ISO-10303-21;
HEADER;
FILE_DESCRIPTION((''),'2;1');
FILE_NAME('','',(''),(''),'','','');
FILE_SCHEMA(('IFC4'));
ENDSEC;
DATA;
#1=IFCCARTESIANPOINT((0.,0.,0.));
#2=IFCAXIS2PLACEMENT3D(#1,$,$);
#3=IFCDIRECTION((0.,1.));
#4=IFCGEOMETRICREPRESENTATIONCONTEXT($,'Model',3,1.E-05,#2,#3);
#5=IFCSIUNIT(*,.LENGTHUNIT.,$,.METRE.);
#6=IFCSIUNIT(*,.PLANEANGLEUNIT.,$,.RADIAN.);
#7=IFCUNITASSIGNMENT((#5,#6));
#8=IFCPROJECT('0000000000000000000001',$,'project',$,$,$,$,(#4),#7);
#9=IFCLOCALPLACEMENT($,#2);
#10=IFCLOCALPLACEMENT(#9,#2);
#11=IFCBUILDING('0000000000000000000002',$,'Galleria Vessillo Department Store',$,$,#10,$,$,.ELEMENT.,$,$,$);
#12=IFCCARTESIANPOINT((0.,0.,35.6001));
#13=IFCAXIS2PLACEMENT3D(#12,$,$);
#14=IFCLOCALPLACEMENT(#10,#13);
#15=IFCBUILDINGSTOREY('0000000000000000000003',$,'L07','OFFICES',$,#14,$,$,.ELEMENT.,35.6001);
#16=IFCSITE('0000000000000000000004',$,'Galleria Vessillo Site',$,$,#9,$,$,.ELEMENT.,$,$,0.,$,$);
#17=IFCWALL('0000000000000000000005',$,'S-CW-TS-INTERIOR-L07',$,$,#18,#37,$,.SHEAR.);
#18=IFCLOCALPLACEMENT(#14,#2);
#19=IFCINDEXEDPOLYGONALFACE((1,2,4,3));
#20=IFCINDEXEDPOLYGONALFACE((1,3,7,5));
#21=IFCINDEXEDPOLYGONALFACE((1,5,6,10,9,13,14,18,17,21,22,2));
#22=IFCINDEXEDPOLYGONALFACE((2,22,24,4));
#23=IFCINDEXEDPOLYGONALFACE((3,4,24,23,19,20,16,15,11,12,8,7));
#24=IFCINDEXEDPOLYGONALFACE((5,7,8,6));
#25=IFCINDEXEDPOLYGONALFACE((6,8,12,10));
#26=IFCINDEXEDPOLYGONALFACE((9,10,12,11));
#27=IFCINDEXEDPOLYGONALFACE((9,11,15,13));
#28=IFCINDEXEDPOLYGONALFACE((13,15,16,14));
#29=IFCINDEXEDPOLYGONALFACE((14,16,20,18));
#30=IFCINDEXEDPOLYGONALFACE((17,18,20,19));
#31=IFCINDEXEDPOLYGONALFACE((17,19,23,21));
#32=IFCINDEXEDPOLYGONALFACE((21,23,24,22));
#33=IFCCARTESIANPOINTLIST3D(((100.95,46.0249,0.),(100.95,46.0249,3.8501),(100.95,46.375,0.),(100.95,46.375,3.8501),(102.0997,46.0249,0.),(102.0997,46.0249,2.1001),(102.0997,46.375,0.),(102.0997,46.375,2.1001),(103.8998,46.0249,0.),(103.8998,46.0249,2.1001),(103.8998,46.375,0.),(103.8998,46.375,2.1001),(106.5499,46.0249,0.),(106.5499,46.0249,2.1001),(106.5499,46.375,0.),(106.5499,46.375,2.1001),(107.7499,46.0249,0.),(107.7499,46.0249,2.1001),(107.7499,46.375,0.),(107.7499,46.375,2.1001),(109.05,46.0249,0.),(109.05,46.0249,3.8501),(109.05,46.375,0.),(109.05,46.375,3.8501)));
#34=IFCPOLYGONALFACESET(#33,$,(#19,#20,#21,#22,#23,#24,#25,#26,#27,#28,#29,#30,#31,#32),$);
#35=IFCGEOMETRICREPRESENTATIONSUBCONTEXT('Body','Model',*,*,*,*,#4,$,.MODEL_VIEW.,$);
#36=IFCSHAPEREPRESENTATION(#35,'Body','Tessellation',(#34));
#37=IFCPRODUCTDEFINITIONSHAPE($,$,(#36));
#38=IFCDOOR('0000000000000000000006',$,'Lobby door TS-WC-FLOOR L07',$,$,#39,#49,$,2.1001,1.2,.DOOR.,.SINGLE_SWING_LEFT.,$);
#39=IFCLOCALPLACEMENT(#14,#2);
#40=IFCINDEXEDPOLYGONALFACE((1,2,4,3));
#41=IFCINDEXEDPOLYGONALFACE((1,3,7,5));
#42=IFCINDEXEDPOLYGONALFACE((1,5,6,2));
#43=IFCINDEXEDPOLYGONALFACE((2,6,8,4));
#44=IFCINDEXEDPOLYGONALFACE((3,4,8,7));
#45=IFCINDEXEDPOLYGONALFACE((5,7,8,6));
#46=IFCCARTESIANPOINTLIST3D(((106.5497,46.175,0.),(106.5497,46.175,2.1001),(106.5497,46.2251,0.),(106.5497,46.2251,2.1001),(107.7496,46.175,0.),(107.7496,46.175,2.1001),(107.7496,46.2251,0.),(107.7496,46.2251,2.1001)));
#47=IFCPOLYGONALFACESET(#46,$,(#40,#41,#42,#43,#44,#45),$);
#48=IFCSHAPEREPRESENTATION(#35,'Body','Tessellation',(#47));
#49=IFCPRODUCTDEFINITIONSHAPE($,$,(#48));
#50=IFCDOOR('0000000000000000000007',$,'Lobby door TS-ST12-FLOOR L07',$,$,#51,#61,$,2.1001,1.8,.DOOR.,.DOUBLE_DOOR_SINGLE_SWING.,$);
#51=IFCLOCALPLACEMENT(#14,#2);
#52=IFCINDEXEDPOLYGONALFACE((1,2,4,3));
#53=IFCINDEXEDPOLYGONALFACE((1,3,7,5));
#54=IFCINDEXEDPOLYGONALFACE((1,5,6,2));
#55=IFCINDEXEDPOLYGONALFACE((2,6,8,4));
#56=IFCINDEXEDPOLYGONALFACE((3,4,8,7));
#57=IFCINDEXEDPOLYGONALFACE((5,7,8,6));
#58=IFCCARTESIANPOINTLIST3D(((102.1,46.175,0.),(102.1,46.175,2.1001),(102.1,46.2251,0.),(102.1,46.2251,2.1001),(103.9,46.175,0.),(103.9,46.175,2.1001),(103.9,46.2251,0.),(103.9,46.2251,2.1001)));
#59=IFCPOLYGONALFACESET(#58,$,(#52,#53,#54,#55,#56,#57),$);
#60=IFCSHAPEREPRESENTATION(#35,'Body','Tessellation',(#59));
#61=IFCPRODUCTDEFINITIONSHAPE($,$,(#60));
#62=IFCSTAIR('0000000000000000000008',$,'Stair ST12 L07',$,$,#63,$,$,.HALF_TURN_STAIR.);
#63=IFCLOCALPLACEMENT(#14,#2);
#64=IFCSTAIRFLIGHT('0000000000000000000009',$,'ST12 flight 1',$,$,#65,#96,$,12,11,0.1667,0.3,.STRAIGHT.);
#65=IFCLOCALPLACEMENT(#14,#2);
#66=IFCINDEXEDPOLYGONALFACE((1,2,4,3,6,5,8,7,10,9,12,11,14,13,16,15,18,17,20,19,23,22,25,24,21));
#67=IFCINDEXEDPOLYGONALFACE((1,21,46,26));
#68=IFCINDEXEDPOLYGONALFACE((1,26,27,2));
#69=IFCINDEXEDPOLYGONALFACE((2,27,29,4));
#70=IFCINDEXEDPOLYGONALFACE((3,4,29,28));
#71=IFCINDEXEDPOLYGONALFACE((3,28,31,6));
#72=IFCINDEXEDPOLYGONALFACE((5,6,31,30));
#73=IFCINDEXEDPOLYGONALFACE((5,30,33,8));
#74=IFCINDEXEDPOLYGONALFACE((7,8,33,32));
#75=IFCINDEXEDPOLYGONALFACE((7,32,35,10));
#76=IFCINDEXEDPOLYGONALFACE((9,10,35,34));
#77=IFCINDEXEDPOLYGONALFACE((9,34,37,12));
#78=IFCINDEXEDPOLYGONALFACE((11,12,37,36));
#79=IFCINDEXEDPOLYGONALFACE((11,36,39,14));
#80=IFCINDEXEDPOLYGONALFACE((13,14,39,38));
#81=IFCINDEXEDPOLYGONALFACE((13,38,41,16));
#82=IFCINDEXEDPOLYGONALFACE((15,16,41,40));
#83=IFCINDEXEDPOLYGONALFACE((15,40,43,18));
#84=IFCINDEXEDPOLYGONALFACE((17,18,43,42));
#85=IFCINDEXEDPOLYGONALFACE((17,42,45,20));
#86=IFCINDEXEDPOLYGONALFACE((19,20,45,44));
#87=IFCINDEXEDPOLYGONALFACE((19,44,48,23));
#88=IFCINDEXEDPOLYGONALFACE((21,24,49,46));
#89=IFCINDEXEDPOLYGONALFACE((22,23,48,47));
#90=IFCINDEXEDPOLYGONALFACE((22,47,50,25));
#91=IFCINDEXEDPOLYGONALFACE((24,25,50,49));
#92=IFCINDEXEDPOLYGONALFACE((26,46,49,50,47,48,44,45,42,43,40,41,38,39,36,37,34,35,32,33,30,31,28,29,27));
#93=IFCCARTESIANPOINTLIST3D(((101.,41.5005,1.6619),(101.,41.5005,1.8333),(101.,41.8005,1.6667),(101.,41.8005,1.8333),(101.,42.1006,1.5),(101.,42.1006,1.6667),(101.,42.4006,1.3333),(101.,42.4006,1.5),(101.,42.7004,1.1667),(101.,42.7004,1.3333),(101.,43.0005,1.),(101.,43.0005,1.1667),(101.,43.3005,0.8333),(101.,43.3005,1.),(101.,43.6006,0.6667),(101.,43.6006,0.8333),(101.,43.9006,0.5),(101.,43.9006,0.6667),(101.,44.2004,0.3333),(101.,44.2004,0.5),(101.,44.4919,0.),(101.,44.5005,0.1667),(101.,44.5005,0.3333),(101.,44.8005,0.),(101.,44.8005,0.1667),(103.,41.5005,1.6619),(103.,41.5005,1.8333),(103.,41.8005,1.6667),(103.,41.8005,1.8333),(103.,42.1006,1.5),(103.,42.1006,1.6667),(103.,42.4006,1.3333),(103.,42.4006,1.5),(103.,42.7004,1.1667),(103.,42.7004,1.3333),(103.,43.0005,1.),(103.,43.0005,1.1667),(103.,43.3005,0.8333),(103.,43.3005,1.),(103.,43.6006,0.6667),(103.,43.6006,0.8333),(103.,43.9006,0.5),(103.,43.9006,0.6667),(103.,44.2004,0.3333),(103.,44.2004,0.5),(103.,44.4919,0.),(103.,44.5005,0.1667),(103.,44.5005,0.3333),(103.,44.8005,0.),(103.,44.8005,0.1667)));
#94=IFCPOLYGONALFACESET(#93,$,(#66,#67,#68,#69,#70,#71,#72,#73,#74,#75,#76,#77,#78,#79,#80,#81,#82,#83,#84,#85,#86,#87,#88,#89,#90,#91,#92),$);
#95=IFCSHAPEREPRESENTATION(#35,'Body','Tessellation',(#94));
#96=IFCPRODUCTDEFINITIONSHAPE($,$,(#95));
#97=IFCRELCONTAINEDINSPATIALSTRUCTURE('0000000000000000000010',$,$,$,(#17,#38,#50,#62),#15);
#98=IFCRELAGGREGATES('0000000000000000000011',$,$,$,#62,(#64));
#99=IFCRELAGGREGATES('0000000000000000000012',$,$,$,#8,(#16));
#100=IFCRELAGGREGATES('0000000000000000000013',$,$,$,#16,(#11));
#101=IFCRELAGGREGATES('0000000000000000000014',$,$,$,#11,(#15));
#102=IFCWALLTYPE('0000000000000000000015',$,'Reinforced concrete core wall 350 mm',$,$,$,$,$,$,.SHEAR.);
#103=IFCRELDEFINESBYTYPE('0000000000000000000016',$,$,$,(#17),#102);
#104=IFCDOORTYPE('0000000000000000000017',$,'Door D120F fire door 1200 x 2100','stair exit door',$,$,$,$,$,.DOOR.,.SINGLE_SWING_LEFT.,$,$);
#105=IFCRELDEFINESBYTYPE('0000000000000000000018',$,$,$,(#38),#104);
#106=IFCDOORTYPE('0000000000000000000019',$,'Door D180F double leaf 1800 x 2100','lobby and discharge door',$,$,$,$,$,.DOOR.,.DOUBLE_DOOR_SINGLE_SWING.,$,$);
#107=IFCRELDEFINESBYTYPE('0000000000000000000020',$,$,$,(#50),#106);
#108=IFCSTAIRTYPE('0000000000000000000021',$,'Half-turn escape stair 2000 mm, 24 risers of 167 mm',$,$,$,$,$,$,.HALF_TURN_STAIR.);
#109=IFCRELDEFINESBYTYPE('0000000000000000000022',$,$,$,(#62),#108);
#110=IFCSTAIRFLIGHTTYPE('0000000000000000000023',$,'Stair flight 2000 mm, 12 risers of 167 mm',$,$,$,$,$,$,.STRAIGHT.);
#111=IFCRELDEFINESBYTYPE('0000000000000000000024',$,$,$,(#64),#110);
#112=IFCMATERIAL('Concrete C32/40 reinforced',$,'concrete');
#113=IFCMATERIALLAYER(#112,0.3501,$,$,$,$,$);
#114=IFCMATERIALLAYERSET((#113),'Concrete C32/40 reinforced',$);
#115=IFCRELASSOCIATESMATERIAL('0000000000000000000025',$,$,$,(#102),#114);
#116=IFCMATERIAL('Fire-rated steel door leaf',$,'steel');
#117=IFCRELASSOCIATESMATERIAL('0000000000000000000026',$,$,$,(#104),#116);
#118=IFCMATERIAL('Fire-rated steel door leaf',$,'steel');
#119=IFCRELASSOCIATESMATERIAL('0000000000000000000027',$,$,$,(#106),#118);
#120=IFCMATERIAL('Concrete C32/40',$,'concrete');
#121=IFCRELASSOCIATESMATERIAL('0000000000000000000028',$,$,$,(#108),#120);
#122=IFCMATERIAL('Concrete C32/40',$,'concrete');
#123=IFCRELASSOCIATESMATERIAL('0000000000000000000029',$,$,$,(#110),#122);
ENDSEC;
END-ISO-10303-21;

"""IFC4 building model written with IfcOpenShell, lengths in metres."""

from ifc_helpers import new_model, si_unit, direction, frame, frame_2d, origin, place, context, subcontext, project, spatial, polyline, rectangle, outline, extrude, material, layer, layer_set, type_object, element, fill, aggregate, save


model = new_model("IFC4")

# Units and contexts
model_context = context("Model", 3, precision=1e-05, world=origin(), true_north=direction((0.0, 1.0)))
body_context = subcontext(model_context, "Body", "Model", "MODEL_VIEW")
ifc_project = project(units=[si_unit("LENGTHUNIT", "METRE"), si_unit("PLANEANGLEUNIT", "RADIAN")], contexts=[model_context])

# Site, building, storey
site_placement = place(None, origin())
site = spatial("IfcSite", under=ifc_project, at=site_placement, Name="Galleria Vessillo Site", CompositionType="ELEMENT", RefElevation=0.0)
building_placement = place(site_placement, origin())
building = spatial("IfcBuilding", under=site, at=building_placement, Name="Galleria Vessillo Department Store", CompositionType="ELEMENT")
storey_placement = place(building_placement, frame((0.0, 0.0, 35.6001)))
storey = spatial("IfcBuildingStorey", under=building, at=storey_placement, Name="L07", Description="OFFICES", CompositionType="ELEMENT", Elevation=35.6001)

# Wall, openings, doors
ifc_material_1 = material(Name="Concrete C32/40 reinforced", Category="concrete")
ifc_layer_1 = layer(ifc_material_1, 0.3501)
ifc_layer_set_1 = layer_set([ifc_layer_1], Name="Concrete C32/40 reinforced")
wall_type_1 = type_object("IfcWallType", Name="Reinforced concrete core wall 350 mm", PredefinedType="SHEAR", material=ifc_layer_set_1)
wall_1_placement = place(storey_placement, frame((100.95, 46.2, 0.0), z_axis=(0.0, 0.0, 1.0), x_axis=(1.0, 0.0, 0.0)))
wall_1 = element("IfcWall", 1, at=wall_1_placement, inside=storey, type_object=wall_type_1, Name="S-CW-TS-INTERIOR-L07", PredefinedType="SHEAR", context=body_context, shape_type="SweptSolid", body=[
    extrude(rectangle(XDim=8.1001, YDim=0.3501, at=frame_2d((4.05, 0.0))), origin(), (0.0, 0.0, 1.0), 3.8501),
])
opening_1_placement = place(wall_1_placement, frame((1.1499, 0.0, 0.0)))
opening_1 = element("IfcOpeningElement", 2, at=opening_1_placement, cuts=wall_1, PredefinedType="OPENING", context=body_context, shape_type="SweptSolid", body=[
    extrude(rectangle(XDim=1.8, YDim=2.1001, at=frame_2d((0.8999, 1.05))), frame((0.0, 0.1851, 0.0), z_axis=(0.0, -1.0, 0.0), x_axis=(1.0, 0.0, 0.0)), (0.0, 0.0, 1.0), 0.3701),
])
opening_2_placement = place(wall_1_placement, frame((5.5999, 0.0, 0.0)))
opening_2 = element("IfcOpeningElement", 3, at=opening_2_placement, cuts=wall_1, PredefinedType="OPENING", context=body_context, shape_type="SweptSolid", body=[
    extrude(rectangle(XDim=1.2, YDim=2.1001, at=frame_2d((0.6001, 1.05))), frame((0.0, 0.1851, 0.0), z_axis=(0.0, -1.0, 0.0), x_axis=(1.0, 0.0, 0.0)), (0.0, 0.0, 1.0), 0.3701),
])
ifc_material_2 = material(Name="Fire-rated steel door leaf", Category="steel")
door_type_1 = type_object("IfcDoorType", Name="Door D120F fire door 1200 x 2100", Description="stair exit door", OperationType="SINGLE_SWING_LEFT", PredefinedType="DOOR", material=ifc_material_2)
door_1_placement = place(opening_2_placement, frame((1.2, 0.0, 0.0), z_axis=(0.0, 0.0, 1.0), x_axis=(-1.0, 0.0, 0.0)))
door_1 = element("IfcDoor", 4, at=door_1_placement, inside=storey, type_object=door_type_1, Name="Lobby door TS-WC-FLOOR L07", OperationType="SINGLE_SWING_LEFT", OverallHeight=2.1001, OverallWidth=1.2, PredefinedType="DOOR", context=body_context, shape_type="SweptSolid", body=[
    extrude(rectangle(XDim=1.2, YDim=2.1001, at=frame_2d((0.6001, 1.05))), frame((0.0, 0.0249, 0.0), z_axis=(0.0, -1.0, 0.0), x_axis=(1.0, 0.0, 0.0)), (0.0, 0.0, 1.0), 0.05),
])
fill(opening_2, door_1)
ifc_material_3 = material(Name="Fire-rated steel door leaf", Category="steel")
door_type_2 = type_object("IfcDoorType", Name="Door D180F double leaf 1800 x 2100", Description="lobby and discharge door", OperationType="DOUBLE_DOOR_SINGLE_SWING", PredefinedType="DOOR", material=ifc_material_3)
door_2_placement = place(opening_1_placement, frame((1.8, 0.0, 0.0), z_axis=(0.0, 0.0, 1.0), x_axis=(-1.0, 0.0, 0.0)))
door_2 = element("IfcDoor", 5, at=door_2_placement, inside=storey, type_object=door_type_2, Name="Lobby door TS-ST12-FLOOR L07", OperationType="DOUBLE_DOOR_SINGLE_SWING", OverallHeight=2.1001, OverallWidth=1.8, PredefinedType="DOOR", context=body_context, shape_type="SweptSolid", body=[
    extrude(rectangle(XDim=1.8, YDim=2.1001, at=frame_2d((0.8999, 1.05))), frame((0.0, 0.0249, 0.0), z_axis=(0.0, -1.0, 0.0), x_axis=(1.0, 0.0, 0.0)), (0.0, 0.0, 1.0), 0.05),
])
fill(opening_1, door_2)

# Stair, stair flight
ifc_material_4 = material(Name="Concrete C32/40", Category="concrete")
stair_type = type_object("IfcStairType", Name="Half-turn escape stair 2000 mm, 24 risers of 167 mm", PredefinedType="HALF_TURN_STAIR", material=ifc_material_4)
stair_placement = place(storey_placement, origin())
stair = element("IfcStair", 6, at=stair_placement, inside=storey, type_object=stair_type, Name="Stair ST12 L07", PredefinedType="HALF_TURN_STAIR")
ifc_material_5 = material(Name="Concrete C32/40", Category="concrete")
stair_flight_type = type_object("IfcStairFlightType", Name="Stair flight 2000 mm, 12 risers of 167 mm", PredefinedType="STRAIGHT", material=ifc_material_5)
stair_flight_placement = place(storey_placement, frame((102.0, 44.8005, 0.0), z_axis=(0.0, 0.0, 1.0), x_axis=(0.0, -1.0, 0.0)))
stair_flight = element("IfcStairFlight", 7, at=stair_flight_placement, type_object=stair_flight_type, Name="ST12 flight 1", NumberOfRisers=12, NumberOfTreads=11, PredefinedType="STRAIGHT", RiserHeight=0.1667, TreadLength=0.3, context=body_context, shape_type="SweptSolid", body=[
    extrude(outline(polyline([(0.0, 0.0), (0.0, 0.1667), (0.3, 0.1667), (0.3, 0.3333), (0.6001, 0.3333), (0.6001, 0.5), (0.8999, 0.5), (0.8999, 0.6667), (1.2, 0.6667), (1.2, 0.8333), (1.5, 0.8333), (1.5, 1.0), (1.8, 1.0), (1.8, 1.1667), (2.1001, 1.1667), (2.1001, 1.3333), (2.3999, 1.3333), (2.3999, 1.5), (2.7, 1.5), (2.7, 1.6667), (3.0, 1.6667), (3.0, 1.8333), (3.3, 1.8333), (3.3, 2.0), (3.3, 1.6619), (0.3086, 0.0), (0.0, 0.0)])), frame((0.0, 1.0, 0.0), z_axis=(0.0, -1.0, 0.0), x_axis=(1.0, 0.0, 0.0)), (0.0, 0.0, 1.0), 2.0),
])
aggregate(stair, [stair_flight])

save(model, "model.ifc")
